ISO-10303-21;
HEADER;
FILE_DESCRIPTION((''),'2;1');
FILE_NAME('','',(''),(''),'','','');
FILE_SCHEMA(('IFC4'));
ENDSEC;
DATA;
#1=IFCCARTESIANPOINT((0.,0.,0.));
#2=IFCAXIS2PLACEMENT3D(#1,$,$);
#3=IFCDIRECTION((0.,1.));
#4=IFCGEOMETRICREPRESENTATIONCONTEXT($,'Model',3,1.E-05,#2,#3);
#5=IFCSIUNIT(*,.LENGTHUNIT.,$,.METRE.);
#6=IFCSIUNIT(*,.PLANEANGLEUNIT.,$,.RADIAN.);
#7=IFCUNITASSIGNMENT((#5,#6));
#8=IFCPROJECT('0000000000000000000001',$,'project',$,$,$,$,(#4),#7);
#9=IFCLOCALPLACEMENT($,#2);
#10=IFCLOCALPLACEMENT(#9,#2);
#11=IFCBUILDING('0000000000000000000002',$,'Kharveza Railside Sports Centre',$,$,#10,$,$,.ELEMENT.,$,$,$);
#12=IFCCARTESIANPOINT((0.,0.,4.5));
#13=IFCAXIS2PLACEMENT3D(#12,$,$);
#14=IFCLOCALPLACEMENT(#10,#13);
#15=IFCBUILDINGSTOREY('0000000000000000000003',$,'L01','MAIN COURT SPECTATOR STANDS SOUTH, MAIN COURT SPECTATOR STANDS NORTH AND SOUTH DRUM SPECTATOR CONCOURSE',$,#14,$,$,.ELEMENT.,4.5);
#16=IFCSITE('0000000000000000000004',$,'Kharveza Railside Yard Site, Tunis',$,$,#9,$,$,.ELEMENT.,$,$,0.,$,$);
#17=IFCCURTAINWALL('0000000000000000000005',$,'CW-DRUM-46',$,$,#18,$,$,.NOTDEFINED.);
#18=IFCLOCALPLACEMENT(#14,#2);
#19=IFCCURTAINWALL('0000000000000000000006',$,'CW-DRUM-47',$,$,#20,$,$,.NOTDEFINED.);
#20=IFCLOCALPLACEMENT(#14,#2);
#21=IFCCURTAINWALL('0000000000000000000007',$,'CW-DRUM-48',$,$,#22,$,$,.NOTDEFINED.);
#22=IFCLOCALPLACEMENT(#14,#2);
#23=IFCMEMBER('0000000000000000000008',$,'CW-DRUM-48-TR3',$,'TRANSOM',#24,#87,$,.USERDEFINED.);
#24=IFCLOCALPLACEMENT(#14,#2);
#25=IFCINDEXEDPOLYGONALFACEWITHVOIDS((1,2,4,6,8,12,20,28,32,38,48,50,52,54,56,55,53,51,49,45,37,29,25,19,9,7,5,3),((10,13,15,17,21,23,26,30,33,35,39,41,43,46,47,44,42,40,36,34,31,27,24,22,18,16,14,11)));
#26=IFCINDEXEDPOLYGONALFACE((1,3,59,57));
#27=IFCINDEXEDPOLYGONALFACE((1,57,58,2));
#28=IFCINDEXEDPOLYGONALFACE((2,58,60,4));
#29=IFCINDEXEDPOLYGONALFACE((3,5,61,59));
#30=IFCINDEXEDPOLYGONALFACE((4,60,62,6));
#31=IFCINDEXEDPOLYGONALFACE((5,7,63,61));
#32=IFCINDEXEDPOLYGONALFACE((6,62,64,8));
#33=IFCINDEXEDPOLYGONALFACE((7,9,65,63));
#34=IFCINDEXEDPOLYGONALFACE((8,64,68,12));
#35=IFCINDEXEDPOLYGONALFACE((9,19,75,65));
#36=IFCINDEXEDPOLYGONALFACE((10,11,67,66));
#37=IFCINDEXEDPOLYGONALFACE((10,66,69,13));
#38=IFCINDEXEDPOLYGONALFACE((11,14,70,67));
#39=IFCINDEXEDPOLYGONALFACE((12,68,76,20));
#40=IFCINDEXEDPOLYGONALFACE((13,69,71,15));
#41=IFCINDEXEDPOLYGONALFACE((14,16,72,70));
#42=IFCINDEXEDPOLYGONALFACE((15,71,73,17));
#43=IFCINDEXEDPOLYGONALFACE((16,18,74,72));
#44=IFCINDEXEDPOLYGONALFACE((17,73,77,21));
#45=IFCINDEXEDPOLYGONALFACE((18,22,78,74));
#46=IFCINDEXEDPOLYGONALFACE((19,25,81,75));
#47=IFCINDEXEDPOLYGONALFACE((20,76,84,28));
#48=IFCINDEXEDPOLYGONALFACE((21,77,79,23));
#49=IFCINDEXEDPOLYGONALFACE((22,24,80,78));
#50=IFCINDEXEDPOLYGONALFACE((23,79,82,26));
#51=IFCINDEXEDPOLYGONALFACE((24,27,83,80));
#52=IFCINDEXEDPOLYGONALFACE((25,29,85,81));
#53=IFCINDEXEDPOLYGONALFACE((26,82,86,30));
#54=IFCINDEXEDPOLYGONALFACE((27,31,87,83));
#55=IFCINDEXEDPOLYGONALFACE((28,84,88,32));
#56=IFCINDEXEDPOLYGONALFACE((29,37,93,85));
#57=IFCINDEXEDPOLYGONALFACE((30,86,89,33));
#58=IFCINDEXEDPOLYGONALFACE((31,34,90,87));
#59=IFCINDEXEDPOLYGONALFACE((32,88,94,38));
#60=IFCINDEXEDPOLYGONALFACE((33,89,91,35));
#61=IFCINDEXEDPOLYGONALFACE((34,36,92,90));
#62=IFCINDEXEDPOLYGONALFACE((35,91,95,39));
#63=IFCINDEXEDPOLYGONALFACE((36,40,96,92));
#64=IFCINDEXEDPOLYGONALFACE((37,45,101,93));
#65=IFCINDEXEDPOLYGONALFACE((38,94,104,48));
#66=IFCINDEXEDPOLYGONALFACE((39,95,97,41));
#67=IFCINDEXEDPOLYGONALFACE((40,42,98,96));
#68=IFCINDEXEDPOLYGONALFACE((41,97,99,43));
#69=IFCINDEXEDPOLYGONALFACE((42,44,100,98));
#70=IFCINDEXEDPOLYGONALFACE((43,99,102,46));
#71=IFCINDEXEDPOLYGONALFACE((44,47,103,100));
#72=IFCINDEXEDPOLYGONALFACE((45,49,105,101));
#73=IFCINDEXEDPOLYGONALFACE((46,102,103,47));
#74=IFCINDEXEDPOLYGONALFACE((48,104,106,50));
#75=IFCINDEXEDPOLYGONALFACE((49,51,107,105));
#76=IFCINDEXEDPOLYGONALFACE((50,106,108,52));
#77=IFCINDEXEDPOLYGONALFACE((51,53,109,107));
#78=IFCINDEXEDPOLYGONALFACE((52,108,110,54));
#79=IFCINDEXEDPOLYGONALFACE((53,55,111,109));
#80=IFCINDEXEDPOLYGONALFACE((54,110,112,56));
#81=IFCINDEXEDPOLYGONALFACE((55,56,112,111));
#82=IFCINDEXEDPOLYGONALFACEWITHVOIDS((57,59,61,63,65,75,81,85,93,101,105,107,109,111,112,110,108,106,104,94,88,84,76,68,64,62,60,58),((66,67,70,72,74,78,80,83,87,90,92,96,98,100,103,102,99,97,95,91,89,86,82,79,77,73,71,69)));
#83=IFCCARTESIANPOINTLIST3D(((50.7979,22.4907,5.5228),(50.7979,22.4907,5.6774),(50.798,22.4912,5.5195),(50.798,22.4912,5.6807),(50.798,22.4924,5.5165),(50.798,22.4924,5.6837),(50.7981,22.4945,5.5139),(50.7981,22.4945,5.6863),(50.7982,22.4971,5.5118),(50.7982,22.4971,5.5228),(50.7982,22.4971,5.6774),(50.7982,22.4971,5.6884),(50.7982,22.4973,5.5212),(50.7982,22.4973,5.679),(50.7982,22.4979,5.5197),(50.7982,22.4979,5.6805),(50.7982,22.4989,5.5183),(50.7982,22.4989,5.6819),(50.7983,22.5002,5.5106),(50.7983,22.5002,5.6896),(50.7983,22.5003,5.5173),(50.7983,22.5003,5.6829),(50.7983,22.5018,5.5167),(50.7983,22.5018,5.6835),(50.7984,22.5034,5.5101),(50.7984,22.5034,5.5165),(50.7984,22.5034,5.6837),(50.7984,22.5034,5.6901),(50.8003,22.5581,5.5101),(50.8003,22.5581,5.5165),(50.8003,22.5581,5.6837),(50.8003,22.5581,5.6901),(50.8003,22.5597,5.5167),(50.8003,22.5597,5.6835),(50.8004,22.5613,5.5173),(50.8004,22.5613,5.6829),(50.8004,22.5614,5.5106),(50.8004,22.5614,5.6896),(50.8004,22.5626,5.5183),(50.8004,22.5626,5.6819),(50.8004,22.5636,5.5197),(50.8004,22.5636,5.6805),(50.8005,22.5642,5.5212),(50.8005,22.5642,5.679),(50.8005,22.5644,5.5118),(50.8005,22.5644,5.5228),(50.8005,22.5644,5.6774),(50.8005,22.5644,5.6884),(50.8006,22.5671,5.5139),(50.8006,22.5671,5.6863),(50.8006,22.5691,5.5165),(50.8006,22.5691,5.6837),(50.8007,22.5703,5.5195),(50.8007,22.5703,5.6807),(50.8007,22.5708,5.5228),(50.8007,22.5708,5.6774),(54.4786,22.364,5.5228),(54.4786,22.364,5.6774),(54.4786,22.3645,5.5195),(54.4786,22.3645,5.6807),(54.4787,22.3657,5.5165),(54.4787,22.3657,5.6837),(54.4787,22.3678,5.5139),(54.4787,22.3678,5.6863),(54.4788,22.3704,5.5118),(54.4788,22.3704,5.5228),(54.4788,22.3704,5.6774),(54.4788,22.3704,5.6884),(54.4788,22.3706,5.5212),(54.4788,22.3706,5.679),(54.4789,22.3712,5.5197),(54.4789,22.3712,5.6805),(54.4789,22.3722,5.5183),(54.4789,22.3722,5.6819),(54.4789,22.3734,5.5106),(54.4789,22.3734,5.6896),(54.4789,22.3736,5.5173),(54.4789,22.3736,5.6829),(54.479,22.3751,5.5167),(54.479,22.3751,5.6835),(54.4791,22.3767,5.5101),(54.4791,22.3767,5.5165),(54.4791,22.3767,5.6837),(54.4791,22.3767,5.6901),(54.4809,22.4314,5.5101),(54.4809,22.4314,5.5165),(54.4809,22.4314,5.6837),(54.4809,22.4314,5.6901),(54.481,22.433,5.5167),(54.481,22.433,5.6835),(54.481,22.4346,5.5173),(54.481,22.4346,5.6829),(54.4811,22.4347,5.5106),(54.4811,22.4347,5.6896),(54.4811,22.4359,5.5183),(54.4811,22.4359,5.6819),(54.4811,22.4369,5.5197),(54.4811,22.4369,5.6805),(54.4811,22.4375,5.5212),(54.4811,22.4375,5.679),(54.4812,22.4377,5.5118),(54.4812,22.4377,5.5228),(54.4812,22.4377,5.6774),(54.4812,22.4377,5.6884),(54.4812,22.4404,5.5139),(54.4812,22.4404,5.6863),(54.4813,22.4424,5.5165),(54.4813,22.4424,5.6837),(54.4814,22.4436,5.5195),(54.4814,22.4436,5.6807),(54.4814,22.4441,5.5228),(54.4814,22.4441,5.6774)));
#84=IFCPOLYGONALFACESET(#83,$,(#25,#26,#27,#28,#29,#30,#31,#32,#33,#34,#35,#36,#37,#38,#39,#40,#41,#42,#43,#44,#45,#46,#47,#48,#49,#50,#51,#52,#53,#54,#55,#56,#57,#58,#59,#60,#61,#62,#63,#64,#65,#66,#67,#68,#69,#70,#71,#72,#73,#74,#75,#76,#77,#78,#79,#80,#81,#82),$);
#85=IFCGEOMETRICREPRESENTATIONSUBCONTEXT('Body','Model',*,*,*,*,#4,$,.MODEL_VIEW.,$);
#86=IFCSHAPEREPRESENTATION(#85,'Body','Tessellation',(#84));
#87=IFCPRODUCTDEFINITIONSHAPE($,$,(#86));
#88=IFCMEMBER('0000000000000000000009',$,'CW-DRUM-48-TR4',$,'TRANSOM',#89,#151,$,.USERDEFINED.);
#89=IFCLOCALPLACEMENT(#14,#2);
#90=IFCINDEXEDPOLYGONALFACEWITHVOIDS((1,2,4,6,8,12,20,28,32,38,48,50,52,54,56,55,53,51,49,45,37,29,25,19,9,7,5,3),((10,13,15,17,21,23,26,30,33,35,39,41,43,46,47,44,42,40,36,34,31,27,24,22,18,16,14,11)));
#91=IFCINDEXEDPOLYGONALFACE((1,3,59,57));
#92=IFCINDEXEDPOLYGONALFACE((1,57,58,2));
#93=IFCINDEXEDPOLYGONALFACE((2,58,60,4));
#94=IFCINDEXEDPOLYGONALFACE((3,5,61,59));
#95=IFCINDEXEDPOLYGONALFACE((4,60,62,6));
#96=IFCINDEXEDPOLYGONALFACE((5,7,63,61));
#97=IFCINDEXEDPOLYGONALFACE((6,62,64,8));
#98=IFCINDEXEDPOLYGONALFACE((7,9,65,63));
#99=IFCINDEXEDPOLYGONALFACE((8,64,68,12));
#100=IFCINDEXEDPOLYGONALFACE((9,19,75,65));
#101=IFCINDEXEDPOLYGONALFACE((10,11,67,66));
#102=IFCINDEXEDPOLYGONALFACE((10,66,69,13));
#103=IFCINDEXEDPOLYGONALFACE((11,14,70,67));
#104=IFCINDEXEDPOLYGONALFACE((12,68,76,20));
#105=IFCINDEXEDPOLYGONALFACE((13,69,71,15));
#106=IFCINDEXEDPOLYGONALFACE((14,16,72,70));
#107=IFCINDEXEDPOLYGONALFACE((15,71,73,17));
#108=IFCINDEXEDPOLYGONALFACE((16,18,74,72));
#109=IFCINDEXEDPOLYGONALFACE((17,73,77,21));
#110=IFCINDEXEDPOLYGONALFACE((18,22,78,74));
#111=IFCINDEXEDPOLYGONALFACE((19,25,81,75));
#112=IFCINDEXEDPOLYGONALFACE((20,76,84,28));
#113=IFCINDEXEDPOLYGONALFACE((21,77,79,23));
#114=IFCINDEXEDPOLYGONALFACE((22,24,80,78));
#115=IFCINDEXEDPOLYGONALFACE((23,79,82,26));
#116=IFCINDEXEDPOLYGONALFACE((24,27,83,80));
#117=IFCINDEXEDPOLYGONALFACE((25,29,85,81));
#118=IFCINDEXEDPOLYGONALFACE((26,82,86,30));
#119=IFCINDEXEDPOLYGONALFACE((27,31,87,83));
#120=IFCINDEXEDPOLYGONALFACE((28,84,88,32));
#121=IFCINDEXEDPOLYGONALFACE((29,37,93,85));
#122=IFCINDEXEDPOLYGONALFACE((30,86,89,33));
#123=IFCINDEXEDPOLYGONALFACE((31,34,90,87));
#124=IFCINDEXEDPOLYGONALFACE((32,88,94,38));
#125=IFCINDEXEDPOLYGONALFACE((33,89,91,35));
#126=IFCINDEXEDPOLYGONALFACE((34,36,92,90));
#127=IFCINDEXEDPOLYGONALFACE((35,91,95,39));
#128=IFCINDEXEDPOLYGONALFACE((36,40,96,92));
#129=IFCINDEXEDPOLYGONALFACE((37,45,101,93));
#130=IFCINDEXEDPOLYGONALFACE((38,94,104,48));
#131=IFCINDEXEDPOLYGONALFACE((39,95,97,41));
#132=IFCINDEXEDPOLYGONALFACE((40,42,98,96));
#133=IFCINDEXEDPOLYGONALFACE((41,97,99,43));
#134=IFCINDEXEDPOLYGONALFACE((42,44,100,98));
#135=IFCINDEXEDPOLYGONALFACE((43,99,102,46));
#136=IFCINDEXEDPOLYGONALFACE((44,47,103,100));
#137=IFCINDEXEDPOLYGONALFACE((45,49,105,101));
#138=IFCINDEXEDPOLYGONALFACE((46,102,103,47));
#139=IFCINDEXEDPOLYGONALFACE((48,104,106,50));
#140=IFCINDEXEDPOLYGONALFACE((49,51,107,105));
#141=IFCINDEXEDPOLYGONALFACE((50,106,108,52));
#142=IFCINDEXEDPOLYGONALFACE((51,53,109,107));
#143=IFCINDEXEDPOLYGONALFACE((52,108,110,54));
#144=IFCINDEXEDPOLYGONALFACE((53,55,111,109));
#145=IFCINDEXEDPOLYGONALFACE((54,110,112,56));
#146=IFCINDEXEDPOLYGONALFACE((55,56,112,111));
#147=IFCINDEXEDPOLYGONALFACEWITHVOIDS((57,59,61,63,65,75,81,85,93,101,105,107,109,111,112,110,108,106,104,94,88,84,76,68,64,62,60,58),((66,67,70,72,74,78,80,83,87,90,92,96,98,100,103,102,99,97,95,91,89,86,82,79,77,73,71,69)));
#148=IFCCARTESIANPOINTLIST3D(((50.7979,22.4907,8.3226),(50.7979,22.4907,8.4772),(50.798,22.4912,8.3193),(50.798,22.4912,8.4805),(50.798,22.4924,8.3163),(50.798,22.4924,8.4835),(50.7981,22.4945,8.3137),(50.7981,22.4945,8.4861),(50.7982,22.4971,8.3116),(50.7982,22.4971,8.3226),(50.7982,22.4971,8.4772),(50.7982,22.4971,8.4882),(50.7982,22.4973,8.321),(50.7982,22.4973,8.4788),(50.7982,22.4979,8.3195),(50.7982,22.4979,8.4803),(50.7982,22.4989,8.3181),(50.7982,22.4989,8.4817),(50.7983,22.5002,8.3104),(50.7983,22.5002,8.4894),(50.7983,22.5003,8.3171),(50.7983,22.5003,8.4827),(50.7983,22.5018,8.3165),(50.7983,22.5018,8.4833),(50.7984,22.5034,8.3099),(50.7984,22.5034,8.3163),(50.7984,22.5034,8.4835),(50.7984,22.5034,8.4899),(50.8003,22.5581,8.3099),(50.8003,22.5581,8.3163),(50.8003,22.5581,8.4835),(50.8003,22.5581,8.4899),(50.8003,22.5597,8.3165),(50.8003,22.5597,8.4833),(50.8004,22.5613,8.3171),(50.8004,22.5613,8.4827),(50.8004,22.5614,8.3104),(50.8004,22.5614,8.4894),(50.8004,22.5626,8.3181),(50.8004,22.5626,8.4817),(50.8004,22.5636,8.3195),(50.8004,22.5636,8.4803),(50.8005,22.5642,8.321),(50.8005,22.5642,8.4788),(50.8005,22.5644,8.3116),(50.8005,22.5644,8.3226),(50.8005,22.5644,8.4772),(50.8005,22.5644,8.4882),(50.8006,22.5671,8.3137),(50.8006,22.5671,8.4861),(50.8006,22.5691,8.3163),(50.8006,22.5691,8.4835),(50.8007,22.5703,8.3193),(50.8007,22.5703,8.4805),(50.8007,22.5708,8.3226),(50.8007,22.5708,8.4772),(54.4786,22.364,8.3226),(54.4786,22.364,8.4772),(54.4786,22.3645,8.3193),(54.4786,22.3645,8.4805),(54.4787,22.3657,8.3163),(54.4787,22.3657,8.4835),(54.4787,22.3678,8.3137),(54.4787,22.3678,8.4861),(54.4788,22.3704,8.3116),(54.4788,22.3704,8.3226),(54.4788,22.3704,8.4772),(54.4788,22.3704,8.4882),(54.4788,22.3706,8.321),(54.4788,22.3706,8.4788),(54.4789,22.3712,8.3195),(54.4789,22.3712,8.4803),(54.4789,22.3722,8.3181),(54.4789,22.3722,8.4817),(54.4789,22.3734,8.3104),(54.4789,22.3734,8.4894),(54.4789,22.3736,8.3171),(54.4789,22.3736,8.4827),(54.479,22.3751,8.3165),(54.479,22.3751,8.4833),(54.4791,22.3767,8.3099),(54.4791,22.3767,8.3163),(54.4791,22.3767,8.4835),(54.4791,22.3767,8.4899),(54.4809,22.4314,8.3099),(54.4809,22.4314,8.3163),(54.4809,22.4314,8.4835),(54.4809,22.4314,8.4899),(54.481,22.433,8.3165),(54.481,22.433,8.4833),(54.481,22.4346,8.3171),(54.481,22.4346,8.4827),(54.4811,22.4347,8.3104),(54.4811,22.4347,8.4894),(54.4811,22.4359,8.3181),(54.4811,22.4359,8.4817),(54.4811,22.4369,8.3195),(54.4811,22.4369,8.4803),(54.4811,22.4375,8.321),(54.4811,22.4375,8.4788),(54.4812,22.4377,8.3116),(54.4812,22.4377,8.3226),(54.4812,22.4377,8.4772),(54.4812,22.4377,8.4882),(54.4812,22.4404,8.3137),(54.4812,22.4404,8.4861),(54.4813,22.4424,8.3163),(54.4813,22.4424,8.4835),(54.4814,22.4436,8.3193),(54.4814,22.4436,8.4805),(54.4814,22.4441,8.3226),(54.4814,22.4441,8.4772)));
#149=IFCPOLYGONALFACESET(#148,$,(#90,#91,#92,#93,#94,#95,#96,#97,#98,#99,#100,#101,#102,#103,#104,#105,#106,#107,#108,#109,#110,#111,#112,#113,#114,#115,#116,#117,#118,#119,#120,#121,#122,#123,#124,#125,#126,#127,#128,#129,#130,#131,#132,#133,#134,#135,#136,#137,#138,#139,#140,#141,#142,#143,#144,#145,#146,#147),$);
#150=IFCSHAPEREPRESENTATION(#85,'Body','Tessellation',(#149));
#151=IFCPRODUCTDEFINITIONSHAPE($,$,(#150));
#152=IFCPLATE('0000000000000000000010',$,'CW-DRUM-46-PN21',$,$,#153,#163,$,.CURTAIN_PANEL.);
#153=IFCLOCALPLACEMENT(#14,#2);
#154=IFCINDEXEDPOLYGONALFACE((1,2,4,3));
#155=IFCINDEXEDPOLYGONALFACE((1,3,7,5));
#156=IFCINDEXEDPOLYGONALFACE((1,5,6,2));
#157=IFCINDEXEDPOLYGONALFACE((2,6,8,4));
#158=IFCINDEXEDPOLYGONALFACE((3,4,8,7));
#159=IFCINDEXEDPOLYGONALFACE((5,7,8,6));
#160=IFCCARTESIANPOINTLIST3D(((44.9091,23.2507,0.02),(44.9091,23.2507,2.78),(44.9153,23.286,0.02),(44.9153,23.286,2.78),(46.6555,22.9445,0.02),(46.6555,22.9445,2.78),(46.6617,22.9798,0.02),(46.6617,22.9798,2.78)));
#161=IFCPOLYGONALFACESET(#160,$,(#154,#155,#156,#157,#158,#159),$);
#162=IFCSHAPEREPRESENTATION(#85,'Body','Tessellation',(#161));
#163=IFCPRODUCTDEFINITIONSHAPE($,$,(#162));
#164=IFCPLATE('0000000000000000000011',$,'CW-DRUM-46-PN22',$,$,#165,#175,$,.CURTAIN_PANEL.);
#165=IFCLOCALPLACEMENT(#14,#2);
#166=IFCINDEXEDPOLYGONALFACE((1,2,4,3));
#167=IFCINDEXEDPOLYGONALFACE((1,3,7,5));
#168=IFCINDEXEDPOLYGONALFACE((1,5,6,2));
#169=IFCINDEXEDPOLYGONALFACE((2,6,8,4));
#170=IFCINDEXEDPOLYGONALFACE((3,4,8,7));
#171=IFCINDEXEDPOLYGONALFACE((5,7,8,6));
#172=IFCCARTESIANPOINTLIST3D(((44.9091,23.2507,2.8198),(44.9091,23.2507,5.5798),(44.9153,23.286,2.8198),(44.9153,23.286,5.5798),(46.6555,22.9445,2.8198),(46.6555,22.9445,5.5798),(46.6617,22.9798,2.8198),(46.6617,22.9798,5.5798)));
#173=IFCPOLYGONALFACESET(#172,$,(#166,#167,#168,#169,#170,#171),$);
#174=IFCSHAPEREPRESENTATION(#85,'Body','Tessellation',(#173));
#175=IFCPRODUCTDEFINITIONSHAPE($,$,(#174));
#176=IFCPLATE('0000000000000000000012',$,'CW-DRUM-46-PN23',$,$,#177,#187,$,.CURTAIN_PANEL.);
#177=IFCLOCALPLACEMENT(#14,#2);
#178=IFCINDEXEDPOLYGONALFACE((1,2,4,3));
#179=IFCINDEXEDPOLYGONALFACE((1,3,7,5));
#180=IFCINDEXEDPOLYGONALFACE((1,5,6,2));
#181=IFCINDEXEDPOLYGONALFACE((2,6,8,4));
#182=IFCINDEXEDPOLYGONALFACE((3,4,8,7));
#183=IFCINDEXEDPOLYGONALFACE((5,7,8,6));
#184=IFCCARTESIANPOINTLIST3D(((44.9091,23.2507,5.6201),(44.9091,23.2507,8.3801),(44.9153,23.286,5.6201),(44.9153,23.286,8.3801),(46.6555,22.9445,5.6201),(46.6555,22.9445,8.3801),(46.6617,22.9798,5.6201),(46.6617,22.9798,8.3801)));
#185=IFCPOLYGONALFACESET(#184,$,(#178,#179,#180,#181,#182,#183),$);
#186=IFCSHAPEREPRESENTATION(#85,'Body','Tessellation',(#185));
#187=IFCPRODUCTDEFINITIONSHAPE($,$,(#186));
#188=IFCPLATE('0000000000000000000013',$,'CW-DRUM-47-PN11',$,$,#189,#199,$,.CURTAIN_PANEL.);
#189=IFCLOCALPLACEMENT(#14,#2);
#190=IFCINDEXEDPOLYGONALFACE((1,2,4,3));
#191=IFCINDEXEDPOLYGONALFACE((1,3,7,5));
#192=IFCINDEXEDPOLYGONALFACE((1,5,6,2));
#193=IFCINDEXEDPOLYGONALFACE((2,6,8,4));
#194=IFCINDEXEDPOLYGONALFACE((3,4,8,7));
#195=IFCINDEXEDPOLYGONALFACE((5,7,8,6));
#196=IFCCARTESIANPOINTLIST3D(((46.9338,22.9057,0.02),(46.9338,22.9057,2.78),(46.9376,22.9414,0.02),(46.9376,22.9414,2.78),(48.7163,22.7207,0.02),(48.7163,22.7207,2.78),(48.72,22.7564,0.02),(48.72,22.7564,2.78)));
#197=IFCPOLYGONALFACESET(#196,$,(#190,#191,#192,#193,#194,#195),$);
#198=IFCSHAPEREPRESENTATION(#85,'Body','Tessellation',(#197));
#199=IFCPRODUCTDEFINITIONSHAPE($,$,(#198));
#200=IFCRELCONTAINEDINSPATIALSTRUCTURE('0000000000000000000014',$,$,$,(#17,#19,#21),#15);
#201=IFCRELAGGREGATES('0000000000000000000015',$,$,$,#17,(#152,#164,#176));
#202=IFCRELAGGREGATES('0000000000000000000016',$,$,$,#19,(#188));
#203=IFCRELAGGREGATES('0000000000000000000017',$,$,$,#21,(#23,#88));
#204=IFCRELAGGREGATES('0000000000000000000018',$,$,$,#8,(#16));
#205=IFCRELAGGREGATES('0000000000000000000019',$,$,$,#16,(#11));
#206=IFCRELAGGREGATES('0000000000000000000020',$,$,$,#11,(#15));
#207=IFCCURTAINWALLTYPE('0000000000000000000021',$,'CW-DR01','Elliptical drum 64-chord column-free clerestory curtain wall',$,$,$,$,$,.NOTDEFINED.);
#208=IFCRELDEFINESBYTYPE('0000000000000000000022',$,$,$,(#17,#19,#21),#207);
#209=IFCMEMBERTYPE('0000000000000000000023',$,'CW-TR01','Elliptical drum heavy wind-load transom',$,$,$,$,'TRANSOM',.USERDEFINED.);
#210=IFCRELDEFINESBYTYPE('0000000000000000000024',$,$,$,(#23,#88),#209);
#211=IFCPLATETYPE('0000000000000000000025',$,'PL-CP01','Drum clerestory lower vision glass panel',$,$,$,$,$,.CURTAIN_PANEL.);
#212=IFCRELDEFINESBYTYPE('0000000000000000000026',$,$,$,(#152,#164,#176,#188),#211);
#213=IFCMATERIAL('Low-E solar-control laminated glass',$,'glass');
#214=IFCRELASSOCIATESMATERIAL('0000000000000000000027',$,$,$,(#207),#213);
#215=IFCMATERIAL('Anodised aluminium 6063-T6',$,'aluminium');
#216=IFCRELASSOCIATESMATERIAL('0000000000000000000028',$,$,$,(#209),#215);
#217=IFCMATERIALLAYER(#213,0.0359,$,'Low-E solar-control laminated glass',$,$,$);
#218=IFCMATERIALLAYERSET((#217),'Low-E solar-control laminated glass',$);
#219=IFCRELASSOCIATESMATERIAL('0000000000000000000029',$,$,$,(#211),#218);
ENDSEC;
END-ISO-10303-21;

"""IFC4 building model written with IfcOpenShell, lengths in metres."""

from ifc_helpers import new_model, si_unit, direction, frame, origin, origin_2d, place, context, subcontext, project, spatial, rectangle, hollow_rectangle, extrude, material, layer, layer_set, material_profile, profile_set, type_object, element, aggregate, save


model = new_model("IFC4")

# Units and contexts
model_context = context("Model", 3, precision=1e-05, world=origin(), true_north=direction((0.0, 1.0)))
body_context = subcontext(model_context, "Body", "Model", "MODEL_VIEW")
ifc_project = project(units=[si_unit("LENGTHUNIT", "METRE"), si_unit("PLANEANGLEUNIT", "RADIAN")], contexts=[model_context])

# Site, building, storey
site_placement = place(None, origin())
site = spatial("IfcSite", under=ifc_project, at=site_placement, Name="Kharveza Railside Yard Site, Tunis", CompositionType="ELEMENT", RefElevation=0.0)
building_placement = place(site_placement, origin())
building = spatial("IfcBuilding", under=site, at=building_placement, Name="Kharveza Railside Sports Centre", CompositionType="ELEMENT")
storey_placement = place(building_placement, frame((0.0, 0.0, 4.5)))
storey = spatial("IfcBuildingStorey", under=building, at=storey_placement, Name="L01", Description="MAIN COURT SPECTATOR STANDS SOUTH, MAIN COURT SPECTATOR STANDS NORTH AND SOUTH DRUM SPECTATOR CONCOURSE", CompositionType="ELEMENT", Elevation=4.5)

# Curtain wall
ifc_material_1 = material(Name="Low-E solar-control laminated glass", Category="glass")
curtain_wall_type = type_object("IfcCurtainWallType", Name="CW-DR01", Description="Elliptical drum 64-chord column-free clerestory curtain wall", PredefinedType="NOTDEFINED", material=ifc_material_1)
curtain_wall_1_placement = place(storey_placement, origin())
curtain_wall_1 = element("IfcCurtainWall", 1, at=curtain_wall_1_placement, inside=storey, type_object=curtain_wall_type, Name="CW-DRUM-46", PredefinedType="NOTDEFINED")
ifc_material_2 = material(Name="Anodised aluminium 6063-T6", Category="aluminium")

# Curtain walls
curtain_wall_2_placement = place(storey_placement, origin())
curtain_wall_2 = element("IfcCurtainWall", 2, at=curtain_wall_2_placement, inside=storey, type_object=curtain_wall_type, Name="CW-DRUM-47", PredefinedType="NOTDEFINED")
curtain_wall_3_placement = place(storey_placement, origin())
curtain_wall_3 = element("IfcCurtainWall", 3, at=curtain_wall_3_placement, inside=storey, type_object=curtain_wall_type, Name="CW-DRUM-48", PredefinedType="NOTDEFINED")

# Members
ifc_material_profile_1 = material_profile(ifc_material_2, hollow_rectangle(XDim=0.0801, YDim=0.1799, WallThickness=0.0063, InnerFilletRadius=0.0063, OuterFilletRadius=0.0127, at=origin_2d()), Name="RHS 80x180x6.3")
ifc_profile_set_1 = profile_set([ifc_material_profile_1], Name="Anodised aluminium 6063-T6")
member_type_1 = type_object("IfcMemberType", Name="CW-TR01", Description="Elliptical drum heavy wind-load transom", ElementType="TRANSOM", PredefinedType="USERDEFINED", material=ifc_profile_set_1)
member_1_placement = place(storey_placement, frame((50.7993, 22.5308, 5.6001), z_axis=(0.999408, -0.034405, 0.0), x_axis=(0.034405, 0.999408, 0.0)))
member_1 = element("IfcMember", 4, at=member_1_placement, type_object=member_type_1, Name="CW-DRUM-48-TR3", ObjectType="TRANSOM", PredefinedType="USERDEFINED", context=body_context, shape_type="SweptSolid", body=[
    extrude(hollow_rectangle(XDim=0.0801, YDim=0.1799, WallThickness=0.0063, InnerFilletRadius=0.0063, OuterFilletRadius=0.0127, at=origin_2d()), origin(), (0.0, 0.0, 1.0), 3.6829),
])
member_2_placement = place(storey_placement, frame((50.7993, 22.5308, 8.3999), z_axis=(0.999408, -0.034405, 0.0), x_axis=(0.034405, 0.999408, 0.0)))
member_2 = element("IfcMember", 5, at=member_2_placement, type_object=member_type_1, Name="CW-DRUM-48-TR4", ObjectType="TRANSOM", PredefinedType="USERDEFINED", context=body_context, shape_type="SweptSolid", body=[
    extrude(hollow_rectangle(XDim=0.0801, YDim=0.1799, WallThickness=0.0063, InnerFilletRadius=0.0063, OuterFilletRadius=0.0127, at=origin_2d()), origin(), (0.0, 0.0, 1.0), 3.6829),
])

# Plates
ifc_layer = layer(ifc_material_1, 0.0359, Name="Low-E solar-control laminated glass")
ifc_layer_set = layer_set([ifc_layer], Name="Low-E solar-control laminated glass")
plate_type = type_object("IfcPlateType", Name="PL-CP01", Description="Drum clerestory lower vision glass panel", PredefinedType="CURTAIN_PANEL", material=ifc_layer_set)
plate_1_placement = place(storey_placement, frame((45.7854, 23.1152, 0.02), z_axis=(0.0, 0.0, 1.0), x_axis=(0.984974, -0.172703, 0.0)))
plate_1 = element("IfcPlate", 6, at=plate_1_placement, type_object=plate_type, Name="CW-DRUM-46-PN21", PredefinedType="CURTAIN_PANEL", context=body_context, shape_type="SweptSolid", body=[
    extrude(rectangle(XDim=1.7729, YDim=0.0359, at=origin_2d()), origin(), (0.0, 0.0, 1.0), 2.76),
])
plate_2_placement = place(storey_placement, frame((45.7854, 23.1152, 2.8198), z_axis=(0.0, 0.0, 1.0), x_axis=(0.984974, -0.172703, 0.0)))
plate_2 = element("IfcPlate", 7, at=plate_2_placement, type_object=plate_type, Name="CW-DRUM-46-PN22", PredefinedType="CURTAIN_PANEL", context=body_context, shape_type="SweptSolid", body=[
    extrude(rectangle(XDim=1.7729, YDim=0.0359, at=origin_2d()), origin(), (0.0, 0.0, 1.0), 2.76),
])
plate_3_placement = place(storey_placement, frame((45.7854, 23.1152, 5.6201), z_axis=(0.0, 0.0, 1.0), x_axis=(0.984974, -0.172703, 0.0)))
plate_3 = element("IfcPlate", 8, at=plate_3_placement, type_object=plate_type, Name="CW-DRUM-46-PN23", PredefinedType="CURTAIN_PANEL", context=body_context, shape_type="SweptSolid", body=[
    extrude(rectangle(XDim=1.7729, YDim=0.0359, at=origin_2d()), origin(), (0.0, 0.0, 1.0), 2.76),
])
aggregate(curtain_wall_1, [plate_1, plate_2, plate_3])
plate_4_placement = place(storey_placement, frame((47.8269, 22.8311, 0.02), z_axis=(0.0, 0.0, 1.0), x_axis=(0.994652, -0.103279, 0.0)))
plate_4 = element("IfcPlate", 9, at=plate_4_placement, type_object=plate_type, Name="CW-DRUM-47-PN11", PredefinedType="CURTAIN_PANEL", context=body_context, shape_type="SweptSolid", body=[
    extrude(rectangle(XDim=1.792, YDim=0.0359, at=origin_2d()), origin(), (0.0, 0.0, 1.0), 2.76),
])
aggregate(curtain_wall_2, [plate_4])
aggregate(curtain_wall_3, [member_1, member_2])

save(model, "model.ifc")
